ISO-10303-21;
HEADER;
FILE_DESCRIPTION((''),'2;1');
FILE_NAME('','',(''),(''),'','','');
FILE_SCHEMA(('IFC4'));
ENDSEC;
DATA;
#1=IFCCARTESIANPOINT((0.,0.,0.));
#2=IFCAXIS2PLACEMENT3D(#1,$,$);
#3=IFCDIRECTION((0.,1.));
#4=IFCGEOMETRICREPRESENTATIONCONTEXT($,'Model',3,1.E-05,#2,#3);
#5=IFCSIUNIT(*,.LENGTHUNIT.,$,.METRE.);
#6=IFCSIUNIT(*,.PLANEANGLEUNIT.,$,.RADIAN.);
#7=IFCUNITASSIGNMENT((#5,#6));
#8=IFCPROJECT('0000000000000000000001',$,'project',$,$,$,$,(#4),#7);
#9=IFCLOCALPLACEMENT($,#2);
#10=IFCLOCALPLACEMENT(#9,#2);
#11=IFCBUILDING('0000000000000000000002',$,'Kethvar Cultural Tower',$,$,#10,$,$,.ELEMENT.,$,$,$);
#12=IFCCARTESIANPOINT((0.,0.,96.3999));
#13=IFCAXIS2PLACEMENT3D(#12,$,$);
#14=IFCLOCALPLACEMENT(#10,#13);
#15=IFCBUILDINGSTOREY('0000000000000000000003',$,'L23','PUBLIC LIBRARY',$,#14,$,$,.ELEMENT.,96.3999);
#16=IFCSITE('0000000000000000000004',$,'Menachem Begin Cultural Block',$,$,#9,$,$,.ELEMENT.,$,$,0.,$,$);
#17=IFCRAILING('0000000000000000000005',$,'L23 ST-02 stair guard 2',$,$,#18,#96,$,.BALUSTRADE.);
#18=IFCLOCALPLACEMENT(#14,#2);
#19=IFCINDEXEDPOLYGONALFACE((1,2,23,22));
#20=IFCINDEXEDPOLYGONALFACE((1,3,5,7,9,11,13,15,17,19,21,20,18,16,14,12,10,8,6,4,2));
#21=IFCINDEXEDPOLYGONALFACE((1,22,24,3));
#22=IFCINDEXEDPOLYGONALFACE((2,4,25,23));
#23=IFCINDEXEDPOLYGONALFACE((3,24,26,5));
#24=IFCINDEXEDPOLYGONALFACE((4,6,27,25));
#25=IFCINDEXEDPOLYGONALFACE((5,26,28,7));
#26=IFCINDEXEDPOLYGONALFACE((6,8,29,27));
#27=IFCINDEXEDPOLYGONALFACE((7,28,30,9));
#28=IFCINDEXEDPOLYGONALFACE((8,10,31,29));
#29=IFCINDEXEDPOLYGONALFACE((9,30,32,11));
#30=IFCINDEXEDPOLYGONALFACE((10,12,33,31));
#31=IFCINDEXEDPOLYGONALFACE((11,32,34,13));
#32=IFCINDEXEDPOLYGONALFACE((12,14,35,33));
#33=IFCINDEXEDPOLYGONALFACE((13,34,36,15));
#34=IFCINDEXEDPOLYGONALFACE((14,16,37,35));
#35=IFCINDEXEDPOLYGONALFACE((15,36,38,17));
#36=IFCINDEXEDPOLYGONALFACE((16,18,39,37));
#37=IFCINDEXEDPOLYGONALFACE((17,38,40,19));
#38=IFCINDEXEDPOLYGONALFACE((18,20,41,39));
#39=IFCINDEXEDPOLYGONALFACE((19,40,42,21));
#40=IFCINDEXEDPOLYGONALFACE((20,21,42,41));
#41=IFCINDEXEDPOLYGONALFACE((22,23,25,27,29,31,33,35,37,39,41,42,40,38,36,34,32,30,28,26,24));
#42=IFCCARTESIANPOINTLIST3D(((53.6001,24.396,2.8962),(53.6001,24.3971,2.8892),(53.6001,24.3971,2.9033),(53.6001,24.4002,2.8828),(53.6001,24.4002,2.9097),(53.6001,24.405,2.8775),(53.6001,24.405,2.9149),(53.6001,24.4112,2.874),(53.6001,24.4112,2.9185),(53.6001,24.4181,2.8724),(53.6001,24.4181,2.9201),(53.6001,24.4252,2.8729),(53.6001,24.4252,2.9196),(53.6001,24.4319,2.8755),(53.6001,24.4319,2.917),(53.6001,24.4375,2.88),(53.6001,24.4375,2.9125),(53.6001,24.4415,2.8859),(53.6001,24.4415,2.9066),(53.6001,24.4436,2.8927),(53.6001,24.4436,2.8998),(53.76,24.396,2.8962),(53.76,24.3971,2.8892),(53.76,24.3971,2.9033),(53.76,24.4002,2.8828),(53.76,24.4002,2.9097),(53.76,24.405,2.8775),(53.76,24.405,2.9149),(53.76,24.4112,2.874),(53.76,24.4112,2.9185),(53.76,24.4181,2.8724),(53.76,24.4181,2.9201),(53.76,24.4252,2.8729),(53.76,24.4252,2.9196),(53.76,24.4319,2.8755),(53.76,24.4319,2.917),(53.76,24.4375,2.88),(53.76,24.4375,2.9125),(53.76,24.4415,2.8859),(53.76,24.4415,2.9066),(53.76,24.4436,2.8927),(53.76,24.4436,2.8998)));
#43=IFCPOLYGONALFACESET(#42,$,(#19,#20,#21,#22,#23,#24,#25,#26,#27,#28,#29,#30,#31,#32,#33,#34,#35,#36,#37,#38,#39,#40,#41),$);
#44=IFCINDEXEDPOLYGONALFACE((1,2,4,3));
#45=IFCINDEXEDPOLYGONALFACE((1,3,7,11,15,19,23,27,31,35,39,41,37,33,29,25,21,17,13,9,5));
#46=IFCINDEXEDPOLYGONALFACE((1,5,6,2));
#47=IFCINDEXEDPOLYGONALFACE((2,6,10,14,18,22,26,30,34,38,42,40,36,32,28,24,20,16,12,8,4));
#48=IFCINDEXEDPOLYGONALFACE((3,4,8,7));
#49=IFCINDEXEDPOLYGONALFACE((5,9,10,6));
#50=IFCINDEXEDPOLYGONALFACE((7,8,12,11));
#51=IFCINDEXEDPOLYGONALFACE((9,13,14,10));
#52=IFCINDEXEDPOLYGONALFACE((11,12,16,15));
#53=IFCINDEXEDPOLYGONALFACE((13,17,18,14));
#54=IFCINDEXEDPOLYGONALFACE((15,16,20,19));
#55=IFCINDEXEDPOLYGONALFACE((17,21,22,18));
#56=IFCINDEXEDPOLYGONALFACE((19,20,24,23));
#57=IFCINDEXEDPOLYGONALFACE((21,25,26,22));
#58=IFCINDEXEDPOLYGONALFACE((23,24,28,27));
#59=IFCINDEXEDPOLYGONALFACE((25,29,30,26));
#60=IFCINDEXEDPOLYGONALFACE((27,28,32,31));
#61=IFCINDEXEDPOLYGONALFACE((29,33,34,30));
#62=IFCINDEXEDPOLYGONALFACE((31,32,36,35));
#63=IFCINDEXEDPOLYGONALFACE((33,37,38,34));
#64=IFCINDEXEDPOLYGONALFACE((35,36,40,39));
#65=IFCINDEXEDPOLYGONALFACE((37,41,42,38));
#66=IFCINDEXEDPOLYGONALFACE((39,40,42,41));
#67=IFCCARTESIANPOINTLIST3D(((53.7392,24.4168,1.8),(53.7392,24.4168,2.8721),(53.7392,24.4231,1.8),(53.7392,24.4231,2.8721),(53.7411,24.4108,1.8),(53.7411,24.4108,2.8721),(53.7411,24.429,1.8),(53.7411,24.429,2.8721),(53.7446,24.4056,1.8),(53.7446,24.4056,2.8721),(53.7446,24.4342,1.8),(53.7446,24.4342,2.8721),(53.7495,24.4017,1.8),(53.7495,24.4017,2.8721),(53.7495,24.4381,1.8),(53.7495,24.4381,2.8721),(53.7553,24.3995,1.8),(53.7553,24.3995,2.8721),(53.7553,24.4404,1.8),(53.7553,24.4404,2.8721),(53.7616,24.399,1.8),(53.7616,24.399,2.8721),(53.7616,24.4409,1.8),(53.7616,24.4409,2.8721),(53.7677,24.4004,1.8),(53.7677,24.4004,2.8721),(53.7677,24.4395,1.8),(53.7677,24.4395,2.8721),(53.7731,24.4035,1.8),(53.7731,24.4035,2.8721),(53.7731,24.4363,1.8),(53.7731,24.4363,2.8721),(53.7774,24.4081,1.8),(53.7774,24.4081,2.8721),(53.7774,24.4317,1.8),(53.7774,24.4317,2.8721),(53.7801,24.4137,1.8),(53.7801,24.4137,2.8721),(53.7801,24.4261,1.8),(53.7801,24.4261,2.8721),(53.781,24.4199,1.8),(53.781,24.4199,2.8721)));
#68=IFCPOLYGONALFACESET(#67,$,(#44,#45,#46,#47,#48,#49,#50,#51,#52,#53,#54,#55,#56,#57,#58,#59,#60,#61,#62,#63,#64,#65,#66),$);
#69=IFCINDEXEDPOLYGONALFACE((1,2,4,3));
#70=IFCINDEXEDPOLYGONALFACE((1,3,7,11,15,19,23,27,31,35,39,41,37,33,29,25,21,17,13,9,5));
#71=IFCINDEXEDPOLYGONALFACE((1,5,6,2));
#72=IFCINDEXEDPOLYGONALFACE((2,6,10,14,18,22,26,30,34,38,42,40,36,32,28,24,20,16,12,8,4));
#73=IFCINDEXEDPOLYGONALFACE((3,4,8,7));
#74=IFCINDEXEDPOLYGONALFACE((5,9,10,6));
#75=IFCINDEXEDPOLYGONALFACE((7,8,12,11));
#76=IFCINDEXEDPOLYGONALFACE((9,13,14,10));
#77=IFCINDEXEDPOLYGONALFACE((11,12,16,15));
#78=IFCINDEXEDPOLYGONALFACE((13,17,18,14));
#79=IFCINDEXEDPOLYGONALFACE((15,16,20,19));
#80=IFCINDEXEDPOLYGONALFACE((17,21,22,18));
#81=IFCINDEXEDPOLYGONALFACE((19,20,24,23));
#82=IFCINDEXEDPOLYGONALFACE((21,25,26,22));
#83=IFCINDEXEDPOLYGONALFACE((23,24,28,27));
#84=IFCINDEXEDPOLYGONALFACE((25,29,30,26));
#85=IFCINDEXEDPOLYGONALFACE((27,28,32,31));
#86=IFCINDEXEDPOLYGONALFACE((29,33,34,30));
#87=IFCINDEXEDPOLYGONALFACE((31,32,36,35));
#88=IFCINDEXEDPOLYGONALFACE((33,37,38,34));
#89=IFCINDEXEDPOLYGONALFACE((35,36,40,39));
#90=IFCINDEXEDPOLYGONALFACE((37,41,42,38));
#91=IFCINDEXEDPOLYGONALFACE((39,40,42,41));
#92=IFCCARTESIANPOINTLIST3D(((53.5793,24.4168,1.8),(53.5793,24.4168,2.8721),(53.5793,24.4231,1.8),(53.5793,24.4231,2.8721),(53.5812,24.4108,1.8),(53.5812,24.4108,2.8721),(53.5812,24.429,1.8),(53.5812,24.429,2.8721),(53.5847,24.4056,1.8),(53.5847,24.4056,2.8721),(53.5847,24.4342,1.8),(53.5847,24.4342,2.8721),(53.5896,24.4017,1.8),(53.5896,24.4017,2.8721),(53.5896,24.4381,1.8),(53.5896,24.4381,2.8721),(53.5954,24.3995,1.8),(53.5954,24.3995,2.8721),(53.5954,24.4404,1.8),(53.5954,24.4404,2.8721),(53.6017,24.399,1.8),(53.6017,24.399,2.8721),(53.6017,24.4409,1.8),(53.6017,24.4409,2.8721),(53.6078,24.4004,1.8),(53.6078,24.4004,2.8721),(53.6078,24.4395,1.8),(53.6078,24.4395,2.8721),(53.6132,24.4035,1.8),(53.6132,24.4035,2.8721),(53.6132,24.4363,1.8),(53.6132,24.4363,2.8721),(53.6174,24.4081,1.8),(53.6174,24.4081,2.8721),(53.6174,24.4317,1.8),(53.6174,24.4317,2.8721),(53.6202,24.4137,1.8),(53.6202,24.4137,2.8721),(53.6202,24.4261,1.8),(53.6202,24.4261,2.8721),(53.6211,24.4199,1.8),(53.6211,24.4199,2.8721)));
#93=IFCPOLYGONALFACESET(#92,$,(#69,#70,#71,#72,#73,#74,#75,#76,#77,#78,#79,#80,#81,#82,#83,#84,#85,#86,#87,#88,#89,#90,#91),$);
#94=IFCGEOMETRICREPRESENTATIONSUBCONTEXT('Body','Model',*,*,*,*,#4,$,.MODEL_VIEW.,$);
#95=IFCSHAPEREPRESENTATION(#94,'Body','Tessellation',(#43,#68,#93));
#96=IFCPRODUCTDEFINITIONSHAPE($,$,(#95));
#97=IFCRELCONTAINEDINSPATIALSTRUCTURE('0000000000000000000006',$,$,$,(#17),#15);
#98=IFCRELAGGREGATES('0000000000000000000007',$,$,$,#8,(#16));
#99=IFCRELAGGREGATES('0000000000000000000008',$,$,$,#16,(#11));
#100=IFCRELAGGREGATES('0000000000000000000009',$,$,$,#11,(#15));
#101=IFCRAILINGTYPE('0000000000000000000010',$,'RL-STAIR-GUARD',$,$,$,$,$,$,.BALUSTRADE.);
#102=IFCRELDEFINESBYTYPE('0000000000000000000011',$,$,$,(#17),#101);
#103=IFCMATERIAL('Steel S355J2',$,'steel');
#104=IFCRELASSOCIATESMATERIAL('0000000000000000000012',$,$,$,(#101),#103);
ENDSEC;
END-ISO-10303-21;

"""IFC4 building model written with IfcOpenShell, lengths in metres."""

from ifc_helpers import new_model, si_unit, direction, frame, origin, origin_2d, place, context, subcontext, project, spatial, circle, extrude, material, type_object, element, save


model = new_model("IFC4")

# Units and contexts
model_context = context("Model", 3, precision=1e-05, world=origin(), true_north=direction((0.0, 1.0)))
body_context = subcontext(model_context, "Body", "Model", "MODEL_VIEW")
ifc_project = project(units=[si_unit("LENGTHUNIT", "METRE"), si_unit("PLANEANGLEUNIT", "RADIAN")], contexts=[model_context])

# Site, building, storey
site_placement = place(None, origin())
site = spatial("IfcSite", under=ifc_project, at=site_placement, Name="Menachem Begin Cultural Block", CompositionType="ELEMENT", RefElevation=0.0)
building_placement = place(site_placement, origin())
building = spatial("IfcBuilding", under=site, at=building_placement, Name="Kethvar Cultural Tower", CompositionType="ELEMENT")
storey_placement = place(building_placement, frame((0.0, 0.0, 96.3999)))
storey = spatial("IfcBuildingStorey", under=building, at=storey_placement, Name="L23", Description="PUBLIC LIBRARY", CompositionType="ELEMENT", Elevation=96.3999)

# Shared definitions
ifc_material_1 = material(Name="Steel S355J2", Category="steel")

# Railing
railing_type_1 = type_object("IfcRailingType", Name="RL-STAIR-GUARD", PredefinedType="BALUSTRADE", material=ifc_material_1)
railing_1_placement = place(storey_placement, frame((53.76, 24.4199, 1.8)))
element("IfcRailing", 1, at=railing_1_placement, inside=storey, type_object=railing_type_1, Name="L23 ST-02 stair guard 2", PredefinedType="BALUSTRADE", context=body_context, shape_type="SweptSolid", body=[
    extrude(circle(Radius=0.0239, at=origin_2d()), frame((0.0, 0.0, 1.0962), z_axis=(-1.0, 0.0, 0.0), x_axis=(0.0, -1.0, 0.0)), (0.0, 0.0, 1.0), 0.1599),
    extrude(circle(Radius=0.021, at=origin_2d()), origin(), (0.0, 0.0, 1.0), 1.072),
    extrude(circle(Radius=0.021, at=origin_2d()), frame((-0.1599, 0.0, 0.0)), (0.0, 0.0, 1.0), 1.072),
])

save(model, "model.ifc")
